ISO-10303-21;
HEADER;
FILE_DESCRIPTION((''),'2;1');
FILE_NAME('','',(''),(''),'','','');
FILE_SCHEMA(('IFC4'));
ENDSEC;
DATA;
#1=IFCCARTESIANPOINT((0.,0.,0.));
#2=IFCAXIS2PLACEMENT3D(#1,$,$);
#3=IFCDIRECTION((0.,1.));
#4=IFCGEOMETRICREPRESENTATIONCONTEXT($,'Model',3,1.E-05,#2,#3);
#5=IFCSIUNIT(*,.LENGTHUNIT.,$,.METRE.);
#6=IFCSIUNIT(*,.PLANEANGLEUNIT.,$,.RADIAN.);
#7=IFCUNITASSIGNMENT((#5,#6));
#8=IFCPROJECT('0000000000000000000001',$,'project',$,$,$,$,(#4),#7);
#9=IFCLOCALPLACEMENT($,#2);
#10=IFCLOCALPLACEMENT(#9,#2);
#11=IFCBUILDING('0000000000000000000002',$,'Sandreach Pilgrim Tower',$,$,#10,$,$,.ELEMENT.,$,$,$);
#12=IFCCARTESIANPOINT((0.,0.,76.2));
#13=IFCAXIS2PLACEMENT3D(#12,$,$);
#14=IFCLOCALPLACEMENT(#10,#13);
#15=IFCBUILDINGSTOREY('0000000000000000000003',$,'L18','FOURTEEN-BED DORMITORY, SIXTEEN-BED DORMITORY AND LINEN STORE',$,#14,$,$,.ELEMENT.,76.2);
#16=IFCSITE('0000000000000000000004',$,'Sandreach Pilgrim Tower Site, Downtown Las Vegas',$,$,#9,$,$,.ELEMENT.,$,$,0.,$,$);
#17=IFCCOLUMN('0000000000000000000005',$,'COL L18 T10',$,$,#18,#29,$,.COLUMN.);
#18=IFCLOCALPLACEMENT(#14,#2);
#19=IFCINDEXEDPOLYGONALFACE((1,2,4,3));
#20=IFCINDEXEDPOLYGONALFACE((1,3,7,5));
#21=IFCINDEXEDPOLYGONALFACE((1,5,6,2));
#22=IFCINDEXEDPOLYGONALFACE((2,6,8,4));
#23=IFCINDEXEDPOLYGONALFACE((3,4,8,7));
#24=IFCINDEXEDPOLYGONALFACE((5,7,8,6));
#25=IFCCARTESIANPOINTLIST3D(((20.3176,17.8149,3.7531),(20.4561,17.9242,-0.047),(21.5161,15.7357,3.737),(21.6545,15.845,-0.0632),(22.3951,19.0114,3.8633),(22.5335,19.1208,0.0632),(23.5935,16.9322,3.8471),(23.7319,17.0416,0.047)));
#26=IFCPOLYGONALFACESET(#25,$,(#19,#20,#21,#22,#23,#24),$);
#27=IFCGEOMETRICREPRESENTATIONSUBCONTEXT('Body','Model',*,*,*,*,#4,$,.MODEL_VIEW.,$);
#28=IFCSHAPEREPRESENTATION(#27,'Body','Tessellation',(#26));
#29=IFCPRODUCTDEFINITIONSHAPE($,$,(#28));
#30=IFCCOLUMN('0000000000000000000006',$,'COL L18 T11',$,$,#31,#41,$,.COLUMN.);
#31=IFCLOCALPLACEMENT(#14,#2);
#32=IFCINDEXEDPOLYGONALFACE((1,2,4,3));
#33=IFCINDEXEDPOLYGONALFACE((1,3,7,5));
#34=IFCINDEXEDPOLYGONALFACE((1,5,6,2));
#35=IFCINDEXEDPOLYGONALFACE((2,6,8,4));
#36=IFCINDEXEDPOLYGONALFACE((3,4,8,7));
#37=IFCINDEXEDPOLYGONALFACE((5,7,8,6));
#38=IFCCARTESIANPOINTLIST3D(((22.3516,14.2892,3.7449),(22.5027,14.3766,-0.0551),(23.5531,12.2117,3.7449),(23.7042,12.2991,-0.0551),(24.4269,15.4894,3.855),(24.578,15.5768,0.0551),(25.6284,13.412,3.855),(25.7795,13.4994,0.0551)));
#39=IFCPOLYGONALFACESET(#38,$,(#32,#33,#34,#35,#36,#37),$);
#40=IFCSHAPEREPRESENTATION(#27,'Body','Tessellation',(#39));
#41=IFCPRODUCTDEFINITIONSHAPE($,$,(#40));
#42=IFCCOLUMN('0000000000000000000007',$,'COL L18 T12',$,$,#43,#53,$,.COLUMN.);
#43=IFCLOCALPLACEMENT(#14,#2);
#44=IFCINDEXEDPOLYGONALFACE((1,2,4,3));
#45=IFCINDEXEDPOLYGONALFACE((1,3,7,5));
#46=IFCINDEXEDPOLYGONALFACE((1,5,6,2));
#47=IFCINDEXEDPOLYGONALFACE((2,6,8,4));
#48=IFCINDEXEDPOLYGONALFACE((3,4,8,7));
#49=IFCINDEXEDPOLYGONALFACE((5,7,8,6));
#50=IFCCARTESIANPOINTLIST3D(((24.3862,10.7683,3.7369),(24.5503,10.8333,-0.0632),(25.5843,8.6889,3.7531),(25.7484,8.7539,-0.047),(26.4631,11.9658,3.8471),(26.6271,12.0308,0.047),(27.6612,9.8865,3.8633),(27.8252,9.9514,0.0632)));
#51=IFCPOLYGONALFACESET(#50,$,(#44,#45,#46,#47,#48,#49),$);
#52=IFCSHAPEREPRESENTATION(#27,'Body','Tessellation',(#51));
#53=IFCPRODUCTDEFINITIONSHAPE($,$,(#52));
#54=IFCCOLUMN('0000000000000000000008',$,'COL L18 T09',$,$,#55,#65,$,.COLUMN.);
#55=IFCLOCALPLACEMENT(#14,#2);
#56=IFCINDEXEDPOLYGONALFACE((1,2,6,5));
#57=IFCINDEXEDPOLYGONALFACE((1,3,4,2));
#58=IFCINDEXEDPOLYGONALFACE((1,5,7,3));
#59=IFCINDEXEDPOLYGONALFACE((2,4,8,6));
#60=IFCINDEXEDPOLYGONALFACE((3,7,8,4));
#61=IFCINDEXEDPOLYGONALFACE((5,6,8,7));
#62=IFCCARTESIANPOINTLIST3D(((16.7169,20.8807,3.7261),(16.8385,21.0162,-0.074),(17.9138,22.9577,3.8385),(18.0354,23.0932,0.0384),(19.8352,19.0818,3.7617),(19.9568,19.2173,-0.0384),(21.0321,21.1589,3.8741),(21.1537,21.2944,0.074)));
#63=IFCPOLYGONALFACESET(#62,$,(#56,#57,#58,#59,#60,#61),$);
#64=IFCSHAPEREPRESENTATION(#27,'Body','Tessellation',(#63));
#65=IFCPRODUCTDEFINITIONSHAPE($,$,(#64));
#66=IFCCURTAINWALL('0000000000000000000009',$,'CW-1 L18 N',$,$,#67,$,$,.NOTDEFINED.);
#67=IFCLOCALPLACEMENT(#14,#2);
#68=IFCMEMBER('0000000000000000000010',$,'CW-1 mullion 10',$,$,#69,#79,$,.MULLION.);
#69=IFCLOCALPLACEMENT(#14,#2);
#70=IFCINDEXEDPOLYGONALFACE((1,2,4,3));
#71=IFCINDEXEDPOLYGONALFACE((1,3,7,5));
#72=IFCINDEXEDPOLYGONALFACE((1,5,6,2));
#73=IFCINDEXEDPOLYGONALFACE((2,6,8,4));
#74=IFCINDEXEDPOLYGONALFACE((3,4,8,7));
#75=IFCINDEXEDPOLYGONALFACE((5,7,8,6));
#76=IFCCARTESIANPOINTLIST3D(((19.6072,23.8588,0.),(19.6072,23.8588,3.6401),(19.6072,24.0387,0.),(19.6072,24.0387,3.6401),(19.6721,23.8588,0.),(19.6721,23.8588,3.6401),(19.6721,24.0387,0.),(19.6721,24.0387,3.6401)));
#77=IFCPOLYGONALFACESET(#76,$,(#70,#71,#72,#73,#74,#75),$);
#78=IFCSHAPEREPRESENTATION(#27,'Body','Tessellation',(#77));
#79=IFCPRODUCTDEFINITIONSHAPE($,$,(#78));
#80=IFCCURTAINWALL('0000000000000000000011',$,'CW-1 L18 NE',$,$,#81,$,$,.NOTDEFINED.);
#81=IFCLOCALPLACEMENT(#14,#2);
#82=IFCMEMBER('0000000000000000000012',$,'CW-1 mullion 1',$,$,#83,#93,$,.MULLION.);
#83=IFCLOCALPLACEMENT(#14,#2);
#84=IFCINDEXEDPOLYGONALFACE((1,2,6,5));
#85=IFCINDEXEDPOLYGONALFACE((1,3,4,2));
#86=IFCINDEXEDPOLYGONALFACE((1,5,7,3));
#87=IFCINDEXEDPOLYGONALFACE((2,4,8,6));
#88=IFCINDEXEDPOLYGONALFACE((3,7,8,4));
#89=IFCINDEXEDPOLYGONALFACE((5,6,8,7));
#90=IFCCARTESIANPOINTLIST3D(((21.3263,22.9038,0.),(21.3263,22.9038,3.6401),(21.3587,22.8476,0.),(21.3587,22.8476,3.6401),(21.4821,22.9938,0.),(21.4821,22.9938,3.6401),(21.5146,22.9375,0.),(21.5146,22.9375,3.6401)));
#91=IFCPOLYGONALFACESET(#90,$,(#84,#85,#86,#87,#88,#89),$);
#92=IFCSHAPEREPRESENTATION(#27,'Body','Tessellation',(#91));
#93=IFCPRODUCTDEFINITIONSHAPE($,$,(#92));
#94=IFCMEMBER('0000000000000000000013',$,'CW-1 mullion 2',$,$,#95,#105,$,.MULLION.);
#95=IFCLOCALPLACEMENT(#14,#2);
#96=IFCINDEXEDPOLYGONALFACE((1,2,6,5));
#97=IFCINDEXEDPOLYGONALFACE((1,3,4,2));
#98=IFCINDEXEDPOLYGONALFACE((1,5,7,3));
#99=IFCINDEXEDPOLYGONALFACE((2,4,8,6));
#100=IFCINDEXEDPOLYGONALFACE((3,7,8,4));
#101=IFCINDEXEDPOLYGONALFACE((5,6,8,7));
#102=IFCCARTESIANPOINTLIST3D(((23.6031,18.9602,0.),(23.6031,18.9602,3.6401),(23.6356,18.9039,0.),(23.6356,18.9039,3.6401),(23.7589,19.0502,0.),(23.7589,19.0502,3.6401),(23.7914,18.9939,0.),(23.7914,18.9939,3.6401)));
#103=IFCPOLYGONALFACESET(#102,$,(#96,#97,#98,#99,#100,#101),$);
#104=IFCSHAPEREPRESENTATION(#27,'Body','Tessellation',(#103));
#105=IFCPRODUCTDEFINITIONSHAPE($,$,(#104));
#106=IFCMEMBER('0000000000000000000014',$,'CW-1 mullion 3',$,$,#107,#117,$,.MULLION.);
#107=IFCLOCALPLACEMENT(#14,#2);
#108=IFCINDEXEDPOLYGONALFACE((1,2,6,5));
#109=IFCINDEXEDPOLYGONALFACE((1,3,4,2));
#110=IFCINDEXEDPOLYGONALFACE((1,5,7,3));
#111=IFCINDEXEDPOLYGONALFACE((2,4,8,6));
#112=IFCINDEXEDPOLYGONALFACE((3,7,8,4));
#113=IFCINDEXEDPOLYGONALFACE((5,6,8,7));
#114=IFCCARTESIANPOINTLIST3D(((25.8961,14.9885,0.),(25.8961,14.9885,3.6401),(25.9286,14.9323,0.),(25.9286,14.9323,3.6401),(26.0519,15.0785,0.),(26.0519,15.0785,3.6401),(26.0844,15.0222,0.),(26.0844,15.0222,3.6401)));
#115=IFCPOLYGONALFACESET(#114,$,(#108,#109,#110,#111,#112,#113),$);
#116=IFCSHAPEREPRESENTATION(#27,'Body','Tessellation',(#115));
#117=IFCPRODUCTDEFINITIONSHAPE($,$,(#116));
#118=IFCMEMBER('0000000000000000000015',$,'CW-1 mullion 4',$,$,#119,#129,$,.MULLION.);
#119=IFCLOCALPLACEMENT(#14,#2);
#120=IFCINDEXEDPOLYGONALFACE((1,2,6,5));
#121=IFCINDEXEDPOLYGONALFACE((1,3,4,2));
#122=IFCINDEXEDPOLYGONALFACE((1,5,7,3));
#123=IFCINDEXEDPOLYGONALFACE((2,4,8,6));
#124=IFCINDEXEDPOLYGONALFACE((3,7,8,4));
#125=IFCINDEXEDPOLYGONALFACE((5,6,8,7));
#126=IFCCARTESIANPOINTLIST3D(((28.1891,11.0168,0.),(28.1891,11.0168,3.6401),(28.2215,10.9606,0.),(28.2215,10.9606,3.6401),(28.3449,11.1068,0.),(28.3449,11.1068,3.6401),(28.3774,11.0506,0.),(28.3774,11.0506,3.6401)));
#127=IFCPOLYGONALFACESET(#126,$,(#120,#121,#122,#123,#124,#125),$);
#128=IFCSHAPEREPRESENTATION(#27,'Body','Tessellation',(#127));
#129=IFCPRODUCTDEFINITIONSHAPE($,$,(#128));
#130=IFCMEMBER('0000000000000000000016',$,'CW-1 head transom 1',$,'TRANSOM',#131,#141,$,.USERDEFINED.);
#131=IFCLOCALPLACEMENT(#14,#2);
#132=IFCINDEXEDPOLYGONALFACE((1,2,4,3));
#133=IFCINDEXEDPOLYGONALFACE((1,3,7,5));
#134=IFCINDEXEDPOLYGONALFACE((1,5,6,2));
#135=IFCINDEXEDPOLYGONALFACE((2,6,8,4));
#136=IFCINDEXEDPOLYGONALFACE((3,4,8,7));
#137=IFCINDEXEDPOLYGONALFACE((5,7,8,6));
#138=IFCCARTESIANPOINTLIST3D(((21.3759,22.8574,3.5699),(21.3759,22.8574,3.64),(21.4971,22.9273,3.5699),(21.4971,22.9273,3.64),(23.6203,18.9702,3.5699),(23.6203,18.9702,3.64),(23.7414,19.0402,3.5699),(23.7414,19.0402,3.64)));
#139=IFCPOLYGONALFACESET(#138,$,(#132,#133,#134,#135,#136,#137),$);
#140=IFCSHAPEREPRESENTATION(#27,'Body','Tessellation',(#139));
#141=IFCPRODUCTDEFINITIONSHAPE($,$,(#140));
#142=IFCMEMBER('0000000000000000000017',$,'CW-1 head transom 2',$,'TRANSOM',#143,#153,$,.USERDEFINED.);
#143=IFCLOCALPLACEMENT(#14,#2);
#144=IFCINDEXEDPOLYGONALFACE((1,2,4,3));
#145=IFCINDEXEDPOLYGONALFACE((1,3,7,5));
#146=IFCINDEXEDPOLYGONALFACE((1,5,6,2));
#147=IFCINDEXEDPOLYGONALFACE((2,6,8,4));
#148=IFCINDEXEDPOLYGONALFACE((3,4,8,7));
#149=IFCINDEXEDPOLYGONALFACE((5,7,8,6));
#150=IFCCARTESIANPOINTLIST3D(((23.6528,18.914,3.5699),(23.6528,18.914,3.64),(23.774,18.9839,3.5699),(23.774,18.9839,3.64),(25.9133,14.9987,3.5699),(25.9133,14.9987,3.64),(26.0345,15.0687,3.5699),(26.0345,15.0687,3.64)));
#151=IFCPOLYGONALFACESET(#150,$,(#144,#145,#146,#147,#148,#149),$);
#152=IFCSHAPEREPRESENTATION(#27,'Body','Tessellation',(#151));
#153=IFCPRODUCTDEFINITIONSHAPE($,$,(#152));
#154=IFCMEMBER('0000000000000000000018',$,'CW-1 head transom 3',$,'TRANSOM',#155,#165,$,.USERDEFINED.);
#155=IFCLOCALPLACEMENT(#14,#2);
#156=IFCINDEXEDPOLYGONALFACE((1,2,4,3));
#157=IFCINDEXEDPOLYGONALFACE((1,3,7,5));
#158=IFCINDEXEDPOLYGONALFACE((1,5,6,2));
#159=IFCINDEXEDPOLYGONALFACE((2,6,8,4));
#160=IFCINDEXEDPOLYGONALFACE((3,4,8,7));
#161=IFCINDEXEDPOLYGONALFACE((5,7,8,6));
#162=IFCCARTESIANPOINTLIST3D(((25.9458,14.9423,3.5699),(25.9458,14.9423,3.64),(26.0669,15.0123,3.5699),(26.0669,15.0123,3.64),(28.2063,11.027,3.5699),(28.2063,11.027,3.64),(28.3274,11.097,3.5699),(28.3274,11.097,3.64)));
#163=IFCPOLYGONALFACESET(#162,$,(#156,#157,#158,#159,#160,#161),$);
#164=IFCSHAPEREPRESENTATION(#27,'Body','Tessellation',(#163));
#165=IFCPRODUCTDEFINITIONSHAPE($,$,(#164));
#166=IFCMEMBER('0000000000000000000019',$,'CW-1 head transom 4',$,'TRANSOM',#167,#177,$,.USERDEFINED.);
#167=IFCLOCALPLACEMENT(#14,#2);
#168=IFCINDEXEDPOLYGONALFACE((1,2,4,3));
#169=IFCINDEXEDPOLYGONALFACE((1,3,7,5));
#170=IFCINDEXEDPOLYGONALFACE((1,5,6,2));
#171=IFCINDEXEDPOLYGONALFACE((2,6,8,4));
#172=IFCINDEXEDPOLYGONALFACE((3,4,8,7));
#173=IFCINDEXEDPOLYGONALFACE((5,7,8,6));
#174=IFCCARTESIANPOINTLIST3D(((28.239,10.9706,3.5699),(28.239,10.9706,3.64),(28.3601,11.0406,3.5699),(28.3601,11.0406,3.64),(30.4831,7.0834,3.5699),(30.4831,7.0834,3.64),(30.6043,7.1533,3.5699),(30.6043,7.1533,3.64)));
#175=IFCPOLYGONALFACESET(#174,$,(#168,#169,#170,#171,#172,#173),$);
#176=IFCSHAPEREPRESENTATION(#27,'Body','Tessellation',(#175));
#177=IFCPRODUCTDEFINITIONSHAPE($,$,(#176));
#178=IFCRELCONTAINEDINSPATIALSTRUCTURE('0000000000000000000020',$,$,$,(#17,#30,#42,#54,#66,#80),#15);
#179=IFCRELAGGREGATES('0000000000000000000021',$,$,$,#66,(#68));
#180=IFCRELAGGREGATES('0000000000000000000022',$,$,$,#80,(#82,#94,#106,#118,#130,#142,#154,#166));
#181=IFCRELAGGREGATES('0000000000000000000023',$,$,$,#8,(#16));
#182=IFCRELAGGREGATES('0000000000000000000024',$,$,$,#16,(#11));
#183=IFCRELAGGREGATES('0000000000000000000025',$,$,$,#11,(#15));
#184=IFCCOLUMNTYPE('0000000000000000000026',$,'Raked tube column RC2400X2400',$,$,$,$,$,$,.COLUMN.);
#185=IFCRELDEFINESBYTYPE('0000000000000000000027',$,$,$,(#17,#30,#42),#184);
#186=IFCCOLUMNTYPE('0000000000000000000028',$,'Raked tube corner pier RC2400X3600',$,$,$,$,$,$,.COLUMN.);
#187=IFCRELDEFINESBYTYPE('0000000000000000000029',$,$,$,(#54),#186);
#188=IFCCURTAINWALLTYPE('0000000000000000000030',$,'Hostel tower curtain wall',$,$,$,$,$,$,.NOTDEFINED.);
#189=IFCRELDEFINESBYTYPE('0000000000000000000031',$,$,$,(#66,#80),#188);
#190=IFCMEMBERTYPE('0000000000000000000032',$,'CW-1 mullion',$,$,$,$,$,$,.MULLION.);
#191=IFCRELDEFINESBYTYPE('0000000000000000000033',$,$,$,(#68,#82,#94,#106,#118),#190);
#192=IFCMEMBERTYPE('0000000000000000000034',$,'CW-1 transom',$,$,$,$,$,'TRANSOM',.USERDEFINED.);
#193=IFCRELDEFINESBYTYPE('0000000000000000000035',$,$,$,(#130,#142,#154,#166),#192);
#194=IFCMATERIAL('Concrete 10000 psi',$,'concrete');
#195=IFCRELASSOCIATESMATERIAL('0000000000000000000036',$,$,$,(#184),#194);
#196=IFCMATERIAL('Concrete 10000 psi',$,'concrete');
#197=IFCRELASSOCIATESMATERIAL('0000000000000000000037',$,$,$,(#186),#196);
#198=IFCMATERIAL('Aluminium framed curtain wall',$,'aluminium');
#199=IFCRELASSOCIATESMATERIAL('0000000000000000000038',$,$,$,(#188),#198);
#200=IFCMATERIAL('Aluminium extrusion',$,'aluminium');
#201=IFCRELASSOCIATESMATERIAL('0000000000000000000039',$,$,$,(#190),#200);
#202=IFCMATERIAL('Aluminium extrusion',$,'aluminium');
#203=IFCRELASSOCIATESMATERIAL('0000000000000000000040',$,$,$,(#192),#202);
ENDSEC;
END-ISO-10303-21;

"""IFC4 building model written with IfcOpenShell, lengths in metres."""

from ifc_helpers import new_model, si_unit, direction, frame, origin, origin_2d, place, context, subcontext, project, spatial, rectangle, extrude, material, material_profile, profile_set, type_object, element, aggregate, save


model = new_model("IFC4")

# Units and contexts
model_context = context("Model", 3, precision=1e-05, world=origin(), true_north=direction((0.0, 1.0)))
body_context = subcontext(model_context, "Body", "Model", "MODEL_VIEW")
ifc_project = project(units=[si_unit("LENGTHUNIT", "METRE"), si_unit("PLANEANGLEUNIT", "RADIAN")], contexts=[model_context])

# Site, building, storey
site_placement = place(None, origin())
site = spatial("IfcSite", under=ifc_project, at=site_placement, Name="Sandreach Pilgrim Tower Site, Downtown Las Vegas", CompositionType="ELEMENT", RefElevation=0.0)
building_placement = place(site_placement, origin())
building = spatial("IfcBuilding", under=site, at=building_placement, Name="Sandreach Pilgrim Tower", CompositionType="ELEMENT")
storey_placement = place(building_placement, frame((0.0, 0.0, 76.2)))
storey = spatial("IfcBuildingStorey", under=building, at=storey_placement, Name="L18", Description="FOURTEEN-BED DORMITORY, SIXTEEN-BED DORMITORY AND LINEN STORE", CompositionType="ELEMENT", Elevation=76.2)

# Columns
ifc_material_1 = material(Name="Concrete 10000 psi", Category="concrete")
ifc_material_profile_1 = material_profile(ifc_material_1, rectangle(XDim=2.3999, YDim=2.3999, at=origin_2d()), Name="RC2400X2400")
ifc_profile_set_1 = profile_set([ifc_material_profile_1], Name="Concrete 10000 psi")
column_type_1 = type_object("IfcColumnType", Name="Raked tube column RC2400X2400", PredefinedType="COLUMN", material=ifc_profile_set_1)
column_1_placement = place(storey_placement, frame((22.094, 17.4829, 0.0), z_axis=(-0.036389, -0.028752, 0.998924), x_axis=(0.86563, 0.498577, 0.045883)))
element("IfcColumn", 1, at=column_1_placement, inside=storey, type_object=column_type_1, Name="COL L18 T10", PredefinedType="COLUMN", context=body_context, shape_type="SweptSolid", body=[
    extrude(rectangle(XDim=2.3999, YDim=2.3999, at=origin_2d()), origin(), (0.0, 0.0, 1.0), 3.8042),
])
column_2_placement = place(storey_placement, frame((24.1411, 13.938, 0.0), z_axis=(-0.039727, -0.022976, 0.998946), x_axis=(0.864738, 0.500123, 0.045892)))
element("IfcColumn", 2, at=column_2_placement, inside=storey, type_object=column_type_1, Name="COL L18 T11", PredefinedType="COLUMN", context=body_context, shape_type="SweptSolid", body=[
    extrude(rectangle(XDim=2.3999, YDim=2.3999, at=origin_2d()), origin(), (0.0, 0.0, 1.0), 3.804),
])
column_3_placement = place(storey_placement, frame((26.1877, 10.3923, 0.0), z_axis=(-0.043127, -0.017071, 0.998924), x_axis=(0.865394, 0.498986, 0.04589)))
element("IfcColumn", 3, at=column_3_placement, inside=storey, type_object=column_type_1, Name="COL L18 T12", PredefinedType="COLUMN", context=body_context, shape_type="SweptSolid", body=[
    extrude(rectangle(XDim=2.3999, YDim=2.3999, at=origin_2d()), origin(), (0.0, 0.0, 1.0), 3.8042),
])
ifc_material_2 = material(Name="Concrete 10000 psi", Category="concrete")
ifc_material_profile_2 = material_profile(ifc_material_2, rectangle(XDim=2.3999, YDim=3.6001, at=origin_2d()), Name="RC2400X3600")
ifc_profile_set_2 = profile_set([ifc_material_profile_2], Name="Concrete 10000 psi")
column_type_2 = type_object("IfcColumnType", Name="Raked tube corner pier RC2400X3600", PredefinedType="COLUMN", material=ifc_profile_set_2)
column_4_placement = place(storey_placement, frame((18.9961, 21.1553, 0.0), z_axis=(-0.031958, -0.035616, 0.998854), x_axis=(0.498743, 0.865485, 0.046818)))
element("IfcColumn", 4, at=column_4_placement, inside=storey, type_object=column_type_2, Name="COL L18 T09", PredefinedType="COLUMN", context=body_context, shape_type="SweptSolid", body=[
    extrude(rectangle(XDim=2.3999, YDim=3.6001, at=origin_2d()), origin(), (0.0, 0.0, 1.0), 3.8044),
])

# Curtain wall, member
ifc_material_3 = material(Name="Aluminium framed curtain wall", Category="aluminium")
curtain_wall_type = type_object("IfcCurtainWallType", Name="Hostel tower curtain wall", PredefinedType="NOTDEFINED", material=ifc_material_3)
curtain_wall_1_placement = place(storey_placement, origin())
curtain_wall_1 = element("IfcCurtainWall", 5, at=curtain_wall_1_placement, inside=storey, type_object=curtain_wall_type, Name="CW-1 L18 N", PredefinedType="NOTDEFINED")
ifc_material_4 = material(Name="Aluminium extrusion", Category="aluminium")
ifc_material_profile_3 = material_profile(ifc_material_4, rectangle(XDim=0.0649, YDim=0.1799, at=origin_2d()), Name="CW-1M 65X180")
ifc_profile_set_3 = profile_set([ifc_material_profile_3], Name="Aluminium extrusion")
member_type_1 = type_object("IfcMemberType", Name="CW-1 mullion", PredefinedType="MULLION", material=ifc_profile_set_3)
member_1_placement = place(storey_placement, frame((19.6396, 23.9487, 0.0), z_axis=(0.0, 0.0, 1.0), x_axis=(1.0, 0.0, 0.0)))
member_1 = element("IfcMember", 6, at=member_1_placement, type_object=member_type_1, Name="CW-1 mullion 10", PredefinedType="MULLION", context=body_context, shape_type="SweptSolid", body=[
    extrude(rectangle(XDim=0.0649, YDim=0.1799, at=origin_2d()), origin(), (0.0, 0.0, 1.0), 3.6401),
])

# Curtain wall, members
curtain_wall_2_placement = place(storey_placement, origin())
curtain_wall_2 = element("IfcCurtainWall", 7, at=curtain_wall_2_placement, inside=storey, type_object=curtain_wall_type, Name="CW-1 L18 NE", PredefinedType="NOTDEFINED")
member_2_placement = place(storey_placement, frame((21.4204, 22.9207, 0.0), z_axis=(0.0, 0.0, 1.0), x_axis=(0.5, -0.866025, 0.0)))
member_2 = element("IfcMember", 8, at=member_2_placement, type_object=member_type_1, Name="CW-1 mullion 1", PredefinedType="MULLION", context=body_context, shape_type="SweptSolid", body=[
    extrude(rectangle(XDim=0.0649, YDim=0.1799, at=origin_2d()), origin(), (0.0, 0.0, 1.0), 3.6401),
])
member_3_placement = place(storey_placement, frame((23.6973, 18.9771, 0.0), z_axis=(0.0, 0.0, 1.0), x_axis=(0.5, -0.866025, 0.0)))
member_3 = element("IfcMember", 9, at=member_3_placement, type_object=member_type_1, Name="CW-1 mullion 2", PredefinedType="MULLION", context=body_context, shape_type="SweptSolid", body=[
    extrude(rectangle(XDim=0.0649, YDim=0.1799, at=origin_2d()), origin(), (0.0, 0.0, 1.0), 3.6401),
])
member_4_placement = place(storey_placement, frame((25.9902, 15.0054, 0.0), z_axis=(0.0, 0.0, 1.0), x_axis=(0.5, -0.866025, 0.0)))
member_4 = element("IfcMember", 10, at=member_4_placement, type_object=member_type_1, Name="CW-1 mullion 3", PredefinedType="MULLION", context=body_context, shape_type="SweptSolid", body=[
    extrude(rectangle(XDim=0.0649, YDim=0.1799, at=origin_2d()), origin(), (0.0, 0.0, 1.0), 3.6401),
])
member_5_placement = place(storey_placement, frame((28.2832, 11.0337, 0.0), z_axis=(0.0, 0.0, 1.0), x_axis=(0.5, -0.866025, 0.0)))
member_5 = element("IfcMember", 11, at=member_5_placement, type_object=member_type_1, Name="CW-1 mullion 4", PredefinedType="MULLION", context=body_context, shape_type="SweptSolid", body=[
    extrude(rectangle(XDim=0.0649, YDim=0.1799, at=origin_2d()), origin(), (0.0, 0.0, 1.0), 3.6401),
])
ifc_material_5 = material(Name="Aluminium extrusion", Category="aluminium")
ifc_material_profile_4 = material_profile(ifc_material_5, rectangle(XDim=0.1399, YDim=0.0701, at=origin_2d()), Name="CW-1T 140X70")
ifc_profile_set_4 = profile_set([ifc_material_profile_4], Name="Aluminium extrusion")
member_type_2 = type_object("IfcMemberType", Name="CW-1 transom", ElementType="TRANSOM", PredefinedType="USERDEFINED", material=ifc_profile_set_4)
member_6_placement = place(storey_placement, frame((21.4365, 22.8923, 3.605), z_axis=(0.500018, -0.866015, 0.0), x_axis=(0.866015, 0.500018, 0.0)))
member_6 = element("IfcMember", 12, at=member_6_placement, type_object=member_type_2, Name="CW-1 head transom 1", ObjectType="TRANSOM", PredefinedType="USERDEFINED", context=body_context, shape_type="SweptSolid", body=[
    extrude(rectangle(XDim=0.1399, YDim=0.0701, at=origin_2d()), origin(), (0.0, 0.0, 1.0), 4.4885),
])
member_7_placement = place(storey_placement, frame((23.7134, 18.949, 3.605), z_axis=(0.500001, -0.866025, 0.0), x_axis=(0.866025, 0.500001, 0.0)))
member_7 = element("IfcMember", 13, at=member_7_placement, type_object=member_type_2, Name="CW-1 head transom 2", ObjectType="TRANSOM", PredefinedType="USERDEFINED", context=body_context, shape_type="SweptSolid", body=[
    extrude(rectangle(XDim=0.1399, YDim=0.0701, at=origin_2d()), origin(), (0.0, 0.0, 1.0), 4.521),
])
member_8_placement = place(storey_placement, frame((26.0063, 14.9773, 3.605), z_axis=(0.500001, -0.866025, 0.0), x_axis=(0.866025, 0.500001, 0.0)))
member_8 = element("IfcMember", 14, at=member_8_placement, type_object=member_type_2, Name="CW-1 head transom 3", ObjectType="TRANSOM", PredefinedType="USERDEFINED", context=body_context, shape_type="SweptSolid", body=[
    extrude(rectangle(XDim=0.1399, YDim=0.0701, at=origin_2d()), origin(), (0.0, 0.0, 1.0), 4.521),
])
member_9_placement = place(storey_placement, frame((28.2996, 11.0056, 3.605), z_axis=(0.499977, -0.866039, 0.0), x_axis=(0.866039, 0.499977, 0.0)))
member_9 = element("IfcMember", 15, at=member_9_placement, type_object=member_type_2, Name="CW-1 head transom 4", ObjectType="TRANSOM", PredefinedType="USERDEFINED", context=body_context, shape_type="SweptSolid", body=[
    extrude(rectangle(XDim=0.1399, YDim=0.0701, at=origin_2d()), origin(), (0.0, 0.0, 1.0), 4.4885),
])

aggregate(curtain_wall_1, [member_1])
aggregate(curtain_wall_2, [member_2, member_3, member_4, member_5, member_6, member_7, member_8, member_9])

save(model, "model.ifc")
